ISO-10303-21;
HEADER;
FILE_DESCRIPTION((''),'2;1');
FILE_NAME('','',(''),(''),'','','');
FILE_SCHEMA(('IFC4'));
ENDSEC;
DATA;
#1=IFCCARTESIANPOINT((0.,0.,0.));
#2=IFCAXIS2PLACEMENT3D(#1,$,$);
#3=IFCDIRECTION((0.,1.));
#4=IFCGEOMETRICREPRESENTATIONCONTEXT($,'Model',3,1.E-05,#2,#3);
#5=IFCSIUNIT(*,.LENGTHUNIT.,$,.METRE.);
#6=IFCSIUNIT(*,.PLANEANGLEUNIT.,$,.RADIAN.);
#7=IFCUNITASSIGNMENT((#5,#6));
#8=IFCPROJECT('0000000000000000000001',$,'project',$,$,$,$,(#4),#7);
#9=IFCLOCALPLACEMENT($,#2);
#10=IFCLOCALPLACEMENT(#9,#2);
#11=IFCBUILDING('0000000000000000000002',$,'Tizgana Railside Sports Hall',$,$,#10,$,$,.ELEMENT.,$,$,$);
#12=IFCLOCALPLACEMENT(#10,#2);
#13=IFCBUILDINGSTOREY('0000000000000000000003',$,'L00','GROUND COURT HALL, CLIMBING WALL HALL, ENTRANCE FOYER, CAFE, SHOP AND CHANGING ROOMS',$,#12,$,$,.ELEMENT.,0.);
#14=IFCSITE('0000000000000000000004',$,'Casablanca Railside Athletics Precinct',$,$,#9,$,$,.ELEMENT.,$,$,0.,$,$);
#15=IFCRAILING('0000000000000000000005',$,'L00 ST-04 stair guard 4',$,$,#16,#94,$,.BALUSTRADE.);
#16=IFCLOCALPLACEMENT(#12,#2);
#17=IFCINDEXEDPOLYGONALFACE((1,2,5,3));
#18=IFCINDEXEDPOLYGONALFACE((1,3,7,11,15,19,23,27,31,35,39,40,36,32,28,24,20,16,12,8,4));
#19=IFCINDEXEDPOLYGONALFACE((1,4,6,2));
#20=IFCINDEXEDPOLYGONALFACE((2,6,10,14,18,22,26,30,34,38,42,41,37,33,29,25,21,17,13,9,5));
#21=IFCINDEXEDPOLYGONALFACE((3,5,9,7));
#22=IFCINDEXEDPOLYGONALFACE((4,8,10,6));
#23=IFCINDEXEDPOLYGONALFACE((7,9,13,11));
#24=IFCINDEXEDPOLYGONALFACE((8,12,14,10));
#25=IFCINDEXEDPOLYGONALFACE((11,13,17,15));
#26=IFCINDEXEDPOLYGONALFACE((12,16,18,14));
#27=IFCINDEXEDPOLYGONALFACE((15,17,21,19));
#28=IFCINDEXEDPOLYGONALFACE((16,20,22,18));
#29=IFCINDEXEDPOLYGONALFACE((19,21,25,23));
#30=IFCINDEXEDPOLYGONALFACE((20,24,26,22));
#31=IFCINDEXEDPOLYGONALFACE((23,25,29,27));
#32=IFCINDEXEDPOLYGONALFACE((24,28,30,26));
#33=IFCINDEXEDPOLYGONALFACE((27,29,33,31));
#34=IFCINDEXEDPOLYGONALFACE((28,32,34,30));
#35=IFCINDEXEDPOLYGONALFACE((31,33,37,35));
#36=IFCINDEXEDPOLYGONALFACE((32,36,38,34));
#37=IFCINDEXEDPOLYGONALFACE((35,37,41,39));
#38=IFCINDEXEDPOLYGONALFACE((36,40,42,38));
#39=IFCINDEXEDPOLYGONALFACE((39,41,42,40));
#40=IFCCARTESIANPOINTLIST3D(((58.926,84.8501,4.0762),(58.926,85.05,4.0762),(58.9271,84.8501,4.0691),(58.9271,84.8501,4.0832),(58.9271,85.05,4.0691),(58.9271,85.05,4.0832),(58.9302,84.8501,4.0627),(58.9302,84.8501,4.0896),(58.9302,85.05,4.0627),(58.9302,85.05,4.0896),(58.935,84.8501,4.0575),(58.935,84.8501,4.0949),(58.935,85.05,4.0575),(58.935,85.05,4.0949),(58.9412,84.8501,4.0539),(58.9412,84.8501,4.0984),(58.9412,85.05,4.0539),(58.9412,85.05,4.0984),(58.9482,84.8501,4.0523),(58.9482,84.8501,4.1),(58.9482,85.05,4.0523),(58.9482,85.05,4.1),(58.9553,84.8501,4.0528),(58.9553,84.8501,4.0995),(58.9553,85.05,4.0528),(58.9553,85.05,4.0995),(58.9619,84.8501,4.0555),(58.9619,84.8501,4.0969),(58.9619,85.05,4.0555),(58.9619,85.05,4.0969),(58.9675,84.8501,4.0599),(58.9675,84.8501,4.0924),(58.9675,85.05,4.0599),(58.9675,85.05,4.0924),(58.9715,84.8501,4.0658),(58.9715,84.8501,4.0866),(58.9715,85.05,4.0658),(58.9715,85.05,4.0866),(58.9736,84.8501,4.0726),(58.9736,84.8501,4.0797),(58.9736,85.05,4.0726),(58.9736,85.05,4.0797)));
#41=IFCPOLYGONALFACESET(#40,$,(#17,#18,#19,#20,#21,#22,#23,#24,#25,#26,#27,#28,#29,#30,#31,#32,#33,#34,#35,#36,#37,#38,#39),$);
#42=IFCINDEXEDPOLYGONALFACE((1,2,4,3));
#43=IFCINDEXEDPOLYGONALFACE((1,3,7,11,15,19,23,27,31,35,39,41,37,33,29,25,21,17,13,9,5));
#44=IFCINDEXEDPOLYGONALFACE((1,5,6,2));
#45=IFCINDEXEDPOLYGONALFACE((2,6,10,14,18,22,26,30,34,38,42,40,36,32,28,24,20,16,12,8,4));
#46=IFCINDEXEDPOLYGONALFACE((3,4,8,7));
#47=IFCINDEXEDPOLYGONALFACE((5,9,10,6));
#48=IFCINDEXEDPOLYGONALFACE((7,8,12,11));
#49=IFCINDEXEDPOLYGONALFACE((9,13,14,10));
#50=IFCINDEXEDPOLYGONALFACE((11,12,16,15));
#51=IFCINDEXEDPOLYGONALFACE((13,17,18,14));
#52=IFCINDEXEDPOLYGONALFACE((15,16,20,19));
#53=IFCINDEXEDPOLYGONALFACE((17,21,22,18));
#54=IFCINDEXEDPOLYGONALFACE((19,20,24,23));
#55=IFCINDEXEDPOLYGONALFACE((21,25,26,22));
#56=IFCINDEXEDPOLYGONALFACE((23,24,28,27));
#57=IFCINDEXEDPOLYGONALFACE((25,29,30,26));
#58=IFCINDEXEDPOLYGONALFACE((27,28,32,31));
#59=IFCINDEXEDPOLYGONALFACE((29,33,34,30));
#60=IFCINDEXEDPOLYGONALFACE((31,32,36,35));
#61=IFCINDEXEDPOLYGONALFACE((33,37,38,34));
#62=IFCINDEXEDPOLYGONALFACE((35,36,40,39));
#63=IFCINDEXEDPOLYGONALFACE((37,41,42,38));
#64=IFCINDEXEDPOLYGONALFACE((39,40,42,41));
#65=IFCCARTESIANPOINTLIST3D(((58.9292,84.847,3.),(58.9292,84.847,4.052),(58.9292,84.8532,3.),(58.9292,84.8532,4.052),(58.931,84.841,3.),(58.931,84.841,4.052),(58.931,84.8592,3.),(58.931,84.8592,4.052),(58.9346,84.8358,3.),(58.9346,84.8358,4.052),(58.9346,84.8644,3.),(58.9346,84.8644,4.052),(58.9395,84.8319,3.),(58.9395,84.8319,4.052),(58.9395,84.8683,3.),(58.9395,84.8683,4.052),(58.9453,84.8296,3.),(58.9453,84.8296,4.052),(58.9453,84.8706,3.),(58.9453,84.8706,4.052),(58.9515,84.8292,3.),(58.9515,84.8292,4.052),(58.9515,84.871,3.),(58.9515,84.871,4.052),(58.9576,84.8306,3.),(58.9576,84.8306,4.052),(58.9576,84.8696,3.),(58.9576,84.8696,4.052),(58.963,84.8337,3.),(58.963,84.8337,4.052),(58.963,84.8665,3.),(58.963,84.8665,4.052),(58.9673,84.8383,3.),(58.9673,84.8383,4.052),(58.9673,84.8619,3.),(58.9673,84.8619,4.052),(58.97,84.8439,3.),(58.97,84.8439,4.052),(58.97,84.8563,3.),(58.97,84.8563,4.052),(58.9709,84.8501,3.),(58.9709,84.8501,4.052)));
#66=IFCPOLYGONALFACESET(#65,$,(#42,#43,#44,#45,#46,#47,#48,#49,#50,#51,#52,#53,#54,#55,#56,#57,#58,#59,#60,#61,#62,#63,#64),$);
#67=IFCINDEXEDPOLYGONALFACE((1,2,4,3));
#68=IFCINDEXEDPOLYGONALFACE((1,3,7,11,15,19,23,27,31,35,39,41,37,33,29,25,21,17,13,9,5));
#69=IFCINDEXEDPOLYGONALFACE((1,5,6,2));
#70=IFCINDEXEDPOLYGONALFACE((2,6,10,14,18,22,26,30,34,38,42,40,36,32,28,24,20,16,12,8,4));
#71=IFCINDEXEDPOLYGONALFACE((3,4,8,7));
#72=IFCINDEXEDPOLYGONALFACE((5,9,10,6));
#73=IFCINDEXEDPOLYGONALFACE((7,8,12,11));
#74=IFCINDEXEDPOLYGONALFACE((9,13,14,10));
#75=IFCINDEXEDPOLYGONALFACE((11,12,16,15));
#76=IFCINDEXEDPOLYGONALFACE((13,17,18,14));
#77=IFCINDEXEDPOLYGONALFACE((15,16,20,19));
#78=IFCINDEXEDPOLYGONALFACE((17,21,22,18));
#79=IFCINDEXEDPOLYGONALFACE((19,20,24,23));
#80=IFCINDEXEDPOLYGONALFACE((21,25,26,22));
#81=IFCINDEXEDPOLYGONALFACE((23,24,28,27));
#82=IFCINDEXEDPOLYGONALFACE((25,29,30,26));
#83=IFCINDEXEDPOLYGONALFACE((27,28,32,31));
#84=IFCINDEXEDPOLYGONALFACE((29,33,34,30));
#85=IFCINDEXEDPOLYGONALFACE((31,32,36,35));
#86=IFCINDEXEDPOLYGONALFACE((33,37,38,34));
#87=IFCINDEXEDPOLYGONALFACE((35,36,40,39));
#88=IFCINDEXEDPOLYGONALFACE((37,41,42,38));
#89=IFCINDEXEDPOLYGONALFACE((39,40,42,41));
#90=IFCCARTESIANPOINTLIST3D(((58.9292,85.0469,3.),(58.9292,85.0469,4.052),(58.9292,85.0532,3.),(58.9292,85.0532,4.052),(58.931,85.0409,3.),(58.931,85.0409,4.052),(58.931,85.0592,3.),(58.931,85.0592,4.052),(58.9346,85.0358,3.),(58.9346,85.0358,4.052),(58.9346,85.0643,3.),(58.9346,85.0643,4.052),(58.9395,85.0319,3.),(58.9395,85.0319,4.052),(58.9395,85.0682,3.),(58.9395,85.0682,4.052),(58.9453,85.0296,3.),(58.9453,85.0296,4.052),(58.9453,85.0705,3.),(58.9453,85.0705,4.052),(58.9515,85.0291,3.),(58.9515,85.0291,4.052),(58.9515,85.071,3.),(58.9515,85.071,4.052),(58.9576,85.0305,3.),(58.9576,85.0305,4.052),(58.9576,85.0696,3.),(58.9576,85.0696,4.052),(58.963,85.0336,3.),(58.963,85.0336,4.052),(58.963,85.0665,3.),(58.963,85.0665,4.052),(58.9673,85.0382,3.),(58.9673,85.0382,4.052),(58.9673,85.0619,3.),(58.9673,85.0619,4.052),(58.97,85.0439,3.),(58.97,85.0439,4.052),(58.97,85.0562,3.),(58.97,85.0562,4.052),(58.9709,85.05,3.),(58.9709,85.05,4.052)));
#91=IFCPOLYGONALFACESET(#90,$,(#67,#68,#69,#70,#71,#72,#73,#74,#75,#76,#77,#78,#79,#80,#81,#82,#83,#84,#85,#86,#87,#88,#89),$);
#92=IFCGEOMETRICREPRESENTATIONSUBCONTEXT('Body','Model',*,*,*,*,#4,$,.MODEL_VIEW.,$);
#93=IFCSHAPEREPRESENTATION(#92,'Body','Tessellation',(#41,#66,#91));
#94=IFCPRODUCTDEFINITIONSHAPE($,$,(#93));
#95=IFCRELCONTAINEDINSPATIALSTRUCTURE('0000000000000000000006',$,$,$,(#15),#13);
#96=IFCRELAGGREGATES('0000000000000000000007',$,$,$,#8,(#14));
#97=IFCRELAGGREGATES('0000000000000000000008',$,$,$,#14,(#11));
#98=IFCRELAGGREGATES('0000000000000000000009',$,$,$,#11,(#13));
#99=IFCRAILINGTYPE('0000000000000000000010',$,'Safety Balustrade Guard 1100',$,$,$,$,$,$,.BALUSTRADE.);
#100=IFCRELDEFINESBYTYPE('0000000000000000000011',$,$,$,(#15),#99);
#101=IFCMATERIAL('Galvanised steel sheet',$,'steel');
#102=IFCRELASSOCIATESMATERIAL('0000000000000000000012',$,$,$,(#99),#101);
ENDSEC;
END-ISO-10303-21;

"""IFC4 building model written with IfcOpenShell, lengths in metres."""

from ifc_helpers import new_model, si_unit, direction, frame, origin, origin_2d, place, context, subcontext, project, spatial, circle, extrude, material, type_object, element, save


model = new_model("IFC4")

# Units and contexts
model_context = context("Model", 3, precision=1e-05, world=origin(), true_north=direction((0.0, 1.0)))
body_context = subcontext(model_context, "Body", "Model", "MODEL_VIEW")
ifc_project = project(units=[si_unit("LENGTHUNIT", "METRE"), si_unit("PLANEANGLEUNIT", "RADIAN")], contexts=[model_context])

# Site, building, storey
site_placement = place(None, origin())
site = spatial("IfcSite", under=ifc_project, at=site_placement, Name="Casablanca Railside Athletics Precinct", CompositionType="ELEMENT", RefElevation=0.0)
building_placement = place(site_placement, origin())
building = spatial("IfcBuilding", under=site, at=building_placement, Name="Tizgana Railside Sports Hall", CompositionType="ELEMENT")
storey_placement = place(building_placement, origin())
storey = spatial("IfcBuildingStorey", under=building, at=storey_placement, Name="L00", Description="GROUND COURT HALL, CLIMBING WALL HALL, ENTRANCE FOYER, CAFE, SHOP AND CHANGING ROOMS", CompositionType="ELEMENT", Elevation=0.0)

# Shared definitions
ifc_material_1 = material(Name="Galvanised steel sheet", Category="steel")

# Railing
railing_type_1 = type_object("IfcRailingType", Name="Safety Balustrade Guard 1100", PredefinedType="BALUSTRADE", material=ifc_material_1)
railing_1_placement = place(storey_placement, frame((58.95, 84.8501, 3.0)))
element("IfcRailing", 1, at=railing_1_placement, inside=storey, type_object=railing_type_1, Name="L00 ST-04 stair guard 4", PredefinedType="BALUSTRADE", context=body_context, shape_type="SweptSolid", body=[
    extrude(circle(Radius=0.0239, at=origin_2d()), frame((0.0, 0.0, 1.0762), z_axis=(0.0, 1.0, 0.0), x_axis=(-1.0, 0.0, 0.0)), (0.0, 0.0, 1.0), 0.2),
    extrude(circle(Radius=0.021, at=origin_2d()), origin(), (0.0, 0.0, 1.0), 1.052),
    extrude(circle(Radius=0.021, at=origin_2d()), frame((0.0, 0.2, 0.0)), (0.0, 0.0, 1.0), 1.052),
])

save(model, "model.ifc")
